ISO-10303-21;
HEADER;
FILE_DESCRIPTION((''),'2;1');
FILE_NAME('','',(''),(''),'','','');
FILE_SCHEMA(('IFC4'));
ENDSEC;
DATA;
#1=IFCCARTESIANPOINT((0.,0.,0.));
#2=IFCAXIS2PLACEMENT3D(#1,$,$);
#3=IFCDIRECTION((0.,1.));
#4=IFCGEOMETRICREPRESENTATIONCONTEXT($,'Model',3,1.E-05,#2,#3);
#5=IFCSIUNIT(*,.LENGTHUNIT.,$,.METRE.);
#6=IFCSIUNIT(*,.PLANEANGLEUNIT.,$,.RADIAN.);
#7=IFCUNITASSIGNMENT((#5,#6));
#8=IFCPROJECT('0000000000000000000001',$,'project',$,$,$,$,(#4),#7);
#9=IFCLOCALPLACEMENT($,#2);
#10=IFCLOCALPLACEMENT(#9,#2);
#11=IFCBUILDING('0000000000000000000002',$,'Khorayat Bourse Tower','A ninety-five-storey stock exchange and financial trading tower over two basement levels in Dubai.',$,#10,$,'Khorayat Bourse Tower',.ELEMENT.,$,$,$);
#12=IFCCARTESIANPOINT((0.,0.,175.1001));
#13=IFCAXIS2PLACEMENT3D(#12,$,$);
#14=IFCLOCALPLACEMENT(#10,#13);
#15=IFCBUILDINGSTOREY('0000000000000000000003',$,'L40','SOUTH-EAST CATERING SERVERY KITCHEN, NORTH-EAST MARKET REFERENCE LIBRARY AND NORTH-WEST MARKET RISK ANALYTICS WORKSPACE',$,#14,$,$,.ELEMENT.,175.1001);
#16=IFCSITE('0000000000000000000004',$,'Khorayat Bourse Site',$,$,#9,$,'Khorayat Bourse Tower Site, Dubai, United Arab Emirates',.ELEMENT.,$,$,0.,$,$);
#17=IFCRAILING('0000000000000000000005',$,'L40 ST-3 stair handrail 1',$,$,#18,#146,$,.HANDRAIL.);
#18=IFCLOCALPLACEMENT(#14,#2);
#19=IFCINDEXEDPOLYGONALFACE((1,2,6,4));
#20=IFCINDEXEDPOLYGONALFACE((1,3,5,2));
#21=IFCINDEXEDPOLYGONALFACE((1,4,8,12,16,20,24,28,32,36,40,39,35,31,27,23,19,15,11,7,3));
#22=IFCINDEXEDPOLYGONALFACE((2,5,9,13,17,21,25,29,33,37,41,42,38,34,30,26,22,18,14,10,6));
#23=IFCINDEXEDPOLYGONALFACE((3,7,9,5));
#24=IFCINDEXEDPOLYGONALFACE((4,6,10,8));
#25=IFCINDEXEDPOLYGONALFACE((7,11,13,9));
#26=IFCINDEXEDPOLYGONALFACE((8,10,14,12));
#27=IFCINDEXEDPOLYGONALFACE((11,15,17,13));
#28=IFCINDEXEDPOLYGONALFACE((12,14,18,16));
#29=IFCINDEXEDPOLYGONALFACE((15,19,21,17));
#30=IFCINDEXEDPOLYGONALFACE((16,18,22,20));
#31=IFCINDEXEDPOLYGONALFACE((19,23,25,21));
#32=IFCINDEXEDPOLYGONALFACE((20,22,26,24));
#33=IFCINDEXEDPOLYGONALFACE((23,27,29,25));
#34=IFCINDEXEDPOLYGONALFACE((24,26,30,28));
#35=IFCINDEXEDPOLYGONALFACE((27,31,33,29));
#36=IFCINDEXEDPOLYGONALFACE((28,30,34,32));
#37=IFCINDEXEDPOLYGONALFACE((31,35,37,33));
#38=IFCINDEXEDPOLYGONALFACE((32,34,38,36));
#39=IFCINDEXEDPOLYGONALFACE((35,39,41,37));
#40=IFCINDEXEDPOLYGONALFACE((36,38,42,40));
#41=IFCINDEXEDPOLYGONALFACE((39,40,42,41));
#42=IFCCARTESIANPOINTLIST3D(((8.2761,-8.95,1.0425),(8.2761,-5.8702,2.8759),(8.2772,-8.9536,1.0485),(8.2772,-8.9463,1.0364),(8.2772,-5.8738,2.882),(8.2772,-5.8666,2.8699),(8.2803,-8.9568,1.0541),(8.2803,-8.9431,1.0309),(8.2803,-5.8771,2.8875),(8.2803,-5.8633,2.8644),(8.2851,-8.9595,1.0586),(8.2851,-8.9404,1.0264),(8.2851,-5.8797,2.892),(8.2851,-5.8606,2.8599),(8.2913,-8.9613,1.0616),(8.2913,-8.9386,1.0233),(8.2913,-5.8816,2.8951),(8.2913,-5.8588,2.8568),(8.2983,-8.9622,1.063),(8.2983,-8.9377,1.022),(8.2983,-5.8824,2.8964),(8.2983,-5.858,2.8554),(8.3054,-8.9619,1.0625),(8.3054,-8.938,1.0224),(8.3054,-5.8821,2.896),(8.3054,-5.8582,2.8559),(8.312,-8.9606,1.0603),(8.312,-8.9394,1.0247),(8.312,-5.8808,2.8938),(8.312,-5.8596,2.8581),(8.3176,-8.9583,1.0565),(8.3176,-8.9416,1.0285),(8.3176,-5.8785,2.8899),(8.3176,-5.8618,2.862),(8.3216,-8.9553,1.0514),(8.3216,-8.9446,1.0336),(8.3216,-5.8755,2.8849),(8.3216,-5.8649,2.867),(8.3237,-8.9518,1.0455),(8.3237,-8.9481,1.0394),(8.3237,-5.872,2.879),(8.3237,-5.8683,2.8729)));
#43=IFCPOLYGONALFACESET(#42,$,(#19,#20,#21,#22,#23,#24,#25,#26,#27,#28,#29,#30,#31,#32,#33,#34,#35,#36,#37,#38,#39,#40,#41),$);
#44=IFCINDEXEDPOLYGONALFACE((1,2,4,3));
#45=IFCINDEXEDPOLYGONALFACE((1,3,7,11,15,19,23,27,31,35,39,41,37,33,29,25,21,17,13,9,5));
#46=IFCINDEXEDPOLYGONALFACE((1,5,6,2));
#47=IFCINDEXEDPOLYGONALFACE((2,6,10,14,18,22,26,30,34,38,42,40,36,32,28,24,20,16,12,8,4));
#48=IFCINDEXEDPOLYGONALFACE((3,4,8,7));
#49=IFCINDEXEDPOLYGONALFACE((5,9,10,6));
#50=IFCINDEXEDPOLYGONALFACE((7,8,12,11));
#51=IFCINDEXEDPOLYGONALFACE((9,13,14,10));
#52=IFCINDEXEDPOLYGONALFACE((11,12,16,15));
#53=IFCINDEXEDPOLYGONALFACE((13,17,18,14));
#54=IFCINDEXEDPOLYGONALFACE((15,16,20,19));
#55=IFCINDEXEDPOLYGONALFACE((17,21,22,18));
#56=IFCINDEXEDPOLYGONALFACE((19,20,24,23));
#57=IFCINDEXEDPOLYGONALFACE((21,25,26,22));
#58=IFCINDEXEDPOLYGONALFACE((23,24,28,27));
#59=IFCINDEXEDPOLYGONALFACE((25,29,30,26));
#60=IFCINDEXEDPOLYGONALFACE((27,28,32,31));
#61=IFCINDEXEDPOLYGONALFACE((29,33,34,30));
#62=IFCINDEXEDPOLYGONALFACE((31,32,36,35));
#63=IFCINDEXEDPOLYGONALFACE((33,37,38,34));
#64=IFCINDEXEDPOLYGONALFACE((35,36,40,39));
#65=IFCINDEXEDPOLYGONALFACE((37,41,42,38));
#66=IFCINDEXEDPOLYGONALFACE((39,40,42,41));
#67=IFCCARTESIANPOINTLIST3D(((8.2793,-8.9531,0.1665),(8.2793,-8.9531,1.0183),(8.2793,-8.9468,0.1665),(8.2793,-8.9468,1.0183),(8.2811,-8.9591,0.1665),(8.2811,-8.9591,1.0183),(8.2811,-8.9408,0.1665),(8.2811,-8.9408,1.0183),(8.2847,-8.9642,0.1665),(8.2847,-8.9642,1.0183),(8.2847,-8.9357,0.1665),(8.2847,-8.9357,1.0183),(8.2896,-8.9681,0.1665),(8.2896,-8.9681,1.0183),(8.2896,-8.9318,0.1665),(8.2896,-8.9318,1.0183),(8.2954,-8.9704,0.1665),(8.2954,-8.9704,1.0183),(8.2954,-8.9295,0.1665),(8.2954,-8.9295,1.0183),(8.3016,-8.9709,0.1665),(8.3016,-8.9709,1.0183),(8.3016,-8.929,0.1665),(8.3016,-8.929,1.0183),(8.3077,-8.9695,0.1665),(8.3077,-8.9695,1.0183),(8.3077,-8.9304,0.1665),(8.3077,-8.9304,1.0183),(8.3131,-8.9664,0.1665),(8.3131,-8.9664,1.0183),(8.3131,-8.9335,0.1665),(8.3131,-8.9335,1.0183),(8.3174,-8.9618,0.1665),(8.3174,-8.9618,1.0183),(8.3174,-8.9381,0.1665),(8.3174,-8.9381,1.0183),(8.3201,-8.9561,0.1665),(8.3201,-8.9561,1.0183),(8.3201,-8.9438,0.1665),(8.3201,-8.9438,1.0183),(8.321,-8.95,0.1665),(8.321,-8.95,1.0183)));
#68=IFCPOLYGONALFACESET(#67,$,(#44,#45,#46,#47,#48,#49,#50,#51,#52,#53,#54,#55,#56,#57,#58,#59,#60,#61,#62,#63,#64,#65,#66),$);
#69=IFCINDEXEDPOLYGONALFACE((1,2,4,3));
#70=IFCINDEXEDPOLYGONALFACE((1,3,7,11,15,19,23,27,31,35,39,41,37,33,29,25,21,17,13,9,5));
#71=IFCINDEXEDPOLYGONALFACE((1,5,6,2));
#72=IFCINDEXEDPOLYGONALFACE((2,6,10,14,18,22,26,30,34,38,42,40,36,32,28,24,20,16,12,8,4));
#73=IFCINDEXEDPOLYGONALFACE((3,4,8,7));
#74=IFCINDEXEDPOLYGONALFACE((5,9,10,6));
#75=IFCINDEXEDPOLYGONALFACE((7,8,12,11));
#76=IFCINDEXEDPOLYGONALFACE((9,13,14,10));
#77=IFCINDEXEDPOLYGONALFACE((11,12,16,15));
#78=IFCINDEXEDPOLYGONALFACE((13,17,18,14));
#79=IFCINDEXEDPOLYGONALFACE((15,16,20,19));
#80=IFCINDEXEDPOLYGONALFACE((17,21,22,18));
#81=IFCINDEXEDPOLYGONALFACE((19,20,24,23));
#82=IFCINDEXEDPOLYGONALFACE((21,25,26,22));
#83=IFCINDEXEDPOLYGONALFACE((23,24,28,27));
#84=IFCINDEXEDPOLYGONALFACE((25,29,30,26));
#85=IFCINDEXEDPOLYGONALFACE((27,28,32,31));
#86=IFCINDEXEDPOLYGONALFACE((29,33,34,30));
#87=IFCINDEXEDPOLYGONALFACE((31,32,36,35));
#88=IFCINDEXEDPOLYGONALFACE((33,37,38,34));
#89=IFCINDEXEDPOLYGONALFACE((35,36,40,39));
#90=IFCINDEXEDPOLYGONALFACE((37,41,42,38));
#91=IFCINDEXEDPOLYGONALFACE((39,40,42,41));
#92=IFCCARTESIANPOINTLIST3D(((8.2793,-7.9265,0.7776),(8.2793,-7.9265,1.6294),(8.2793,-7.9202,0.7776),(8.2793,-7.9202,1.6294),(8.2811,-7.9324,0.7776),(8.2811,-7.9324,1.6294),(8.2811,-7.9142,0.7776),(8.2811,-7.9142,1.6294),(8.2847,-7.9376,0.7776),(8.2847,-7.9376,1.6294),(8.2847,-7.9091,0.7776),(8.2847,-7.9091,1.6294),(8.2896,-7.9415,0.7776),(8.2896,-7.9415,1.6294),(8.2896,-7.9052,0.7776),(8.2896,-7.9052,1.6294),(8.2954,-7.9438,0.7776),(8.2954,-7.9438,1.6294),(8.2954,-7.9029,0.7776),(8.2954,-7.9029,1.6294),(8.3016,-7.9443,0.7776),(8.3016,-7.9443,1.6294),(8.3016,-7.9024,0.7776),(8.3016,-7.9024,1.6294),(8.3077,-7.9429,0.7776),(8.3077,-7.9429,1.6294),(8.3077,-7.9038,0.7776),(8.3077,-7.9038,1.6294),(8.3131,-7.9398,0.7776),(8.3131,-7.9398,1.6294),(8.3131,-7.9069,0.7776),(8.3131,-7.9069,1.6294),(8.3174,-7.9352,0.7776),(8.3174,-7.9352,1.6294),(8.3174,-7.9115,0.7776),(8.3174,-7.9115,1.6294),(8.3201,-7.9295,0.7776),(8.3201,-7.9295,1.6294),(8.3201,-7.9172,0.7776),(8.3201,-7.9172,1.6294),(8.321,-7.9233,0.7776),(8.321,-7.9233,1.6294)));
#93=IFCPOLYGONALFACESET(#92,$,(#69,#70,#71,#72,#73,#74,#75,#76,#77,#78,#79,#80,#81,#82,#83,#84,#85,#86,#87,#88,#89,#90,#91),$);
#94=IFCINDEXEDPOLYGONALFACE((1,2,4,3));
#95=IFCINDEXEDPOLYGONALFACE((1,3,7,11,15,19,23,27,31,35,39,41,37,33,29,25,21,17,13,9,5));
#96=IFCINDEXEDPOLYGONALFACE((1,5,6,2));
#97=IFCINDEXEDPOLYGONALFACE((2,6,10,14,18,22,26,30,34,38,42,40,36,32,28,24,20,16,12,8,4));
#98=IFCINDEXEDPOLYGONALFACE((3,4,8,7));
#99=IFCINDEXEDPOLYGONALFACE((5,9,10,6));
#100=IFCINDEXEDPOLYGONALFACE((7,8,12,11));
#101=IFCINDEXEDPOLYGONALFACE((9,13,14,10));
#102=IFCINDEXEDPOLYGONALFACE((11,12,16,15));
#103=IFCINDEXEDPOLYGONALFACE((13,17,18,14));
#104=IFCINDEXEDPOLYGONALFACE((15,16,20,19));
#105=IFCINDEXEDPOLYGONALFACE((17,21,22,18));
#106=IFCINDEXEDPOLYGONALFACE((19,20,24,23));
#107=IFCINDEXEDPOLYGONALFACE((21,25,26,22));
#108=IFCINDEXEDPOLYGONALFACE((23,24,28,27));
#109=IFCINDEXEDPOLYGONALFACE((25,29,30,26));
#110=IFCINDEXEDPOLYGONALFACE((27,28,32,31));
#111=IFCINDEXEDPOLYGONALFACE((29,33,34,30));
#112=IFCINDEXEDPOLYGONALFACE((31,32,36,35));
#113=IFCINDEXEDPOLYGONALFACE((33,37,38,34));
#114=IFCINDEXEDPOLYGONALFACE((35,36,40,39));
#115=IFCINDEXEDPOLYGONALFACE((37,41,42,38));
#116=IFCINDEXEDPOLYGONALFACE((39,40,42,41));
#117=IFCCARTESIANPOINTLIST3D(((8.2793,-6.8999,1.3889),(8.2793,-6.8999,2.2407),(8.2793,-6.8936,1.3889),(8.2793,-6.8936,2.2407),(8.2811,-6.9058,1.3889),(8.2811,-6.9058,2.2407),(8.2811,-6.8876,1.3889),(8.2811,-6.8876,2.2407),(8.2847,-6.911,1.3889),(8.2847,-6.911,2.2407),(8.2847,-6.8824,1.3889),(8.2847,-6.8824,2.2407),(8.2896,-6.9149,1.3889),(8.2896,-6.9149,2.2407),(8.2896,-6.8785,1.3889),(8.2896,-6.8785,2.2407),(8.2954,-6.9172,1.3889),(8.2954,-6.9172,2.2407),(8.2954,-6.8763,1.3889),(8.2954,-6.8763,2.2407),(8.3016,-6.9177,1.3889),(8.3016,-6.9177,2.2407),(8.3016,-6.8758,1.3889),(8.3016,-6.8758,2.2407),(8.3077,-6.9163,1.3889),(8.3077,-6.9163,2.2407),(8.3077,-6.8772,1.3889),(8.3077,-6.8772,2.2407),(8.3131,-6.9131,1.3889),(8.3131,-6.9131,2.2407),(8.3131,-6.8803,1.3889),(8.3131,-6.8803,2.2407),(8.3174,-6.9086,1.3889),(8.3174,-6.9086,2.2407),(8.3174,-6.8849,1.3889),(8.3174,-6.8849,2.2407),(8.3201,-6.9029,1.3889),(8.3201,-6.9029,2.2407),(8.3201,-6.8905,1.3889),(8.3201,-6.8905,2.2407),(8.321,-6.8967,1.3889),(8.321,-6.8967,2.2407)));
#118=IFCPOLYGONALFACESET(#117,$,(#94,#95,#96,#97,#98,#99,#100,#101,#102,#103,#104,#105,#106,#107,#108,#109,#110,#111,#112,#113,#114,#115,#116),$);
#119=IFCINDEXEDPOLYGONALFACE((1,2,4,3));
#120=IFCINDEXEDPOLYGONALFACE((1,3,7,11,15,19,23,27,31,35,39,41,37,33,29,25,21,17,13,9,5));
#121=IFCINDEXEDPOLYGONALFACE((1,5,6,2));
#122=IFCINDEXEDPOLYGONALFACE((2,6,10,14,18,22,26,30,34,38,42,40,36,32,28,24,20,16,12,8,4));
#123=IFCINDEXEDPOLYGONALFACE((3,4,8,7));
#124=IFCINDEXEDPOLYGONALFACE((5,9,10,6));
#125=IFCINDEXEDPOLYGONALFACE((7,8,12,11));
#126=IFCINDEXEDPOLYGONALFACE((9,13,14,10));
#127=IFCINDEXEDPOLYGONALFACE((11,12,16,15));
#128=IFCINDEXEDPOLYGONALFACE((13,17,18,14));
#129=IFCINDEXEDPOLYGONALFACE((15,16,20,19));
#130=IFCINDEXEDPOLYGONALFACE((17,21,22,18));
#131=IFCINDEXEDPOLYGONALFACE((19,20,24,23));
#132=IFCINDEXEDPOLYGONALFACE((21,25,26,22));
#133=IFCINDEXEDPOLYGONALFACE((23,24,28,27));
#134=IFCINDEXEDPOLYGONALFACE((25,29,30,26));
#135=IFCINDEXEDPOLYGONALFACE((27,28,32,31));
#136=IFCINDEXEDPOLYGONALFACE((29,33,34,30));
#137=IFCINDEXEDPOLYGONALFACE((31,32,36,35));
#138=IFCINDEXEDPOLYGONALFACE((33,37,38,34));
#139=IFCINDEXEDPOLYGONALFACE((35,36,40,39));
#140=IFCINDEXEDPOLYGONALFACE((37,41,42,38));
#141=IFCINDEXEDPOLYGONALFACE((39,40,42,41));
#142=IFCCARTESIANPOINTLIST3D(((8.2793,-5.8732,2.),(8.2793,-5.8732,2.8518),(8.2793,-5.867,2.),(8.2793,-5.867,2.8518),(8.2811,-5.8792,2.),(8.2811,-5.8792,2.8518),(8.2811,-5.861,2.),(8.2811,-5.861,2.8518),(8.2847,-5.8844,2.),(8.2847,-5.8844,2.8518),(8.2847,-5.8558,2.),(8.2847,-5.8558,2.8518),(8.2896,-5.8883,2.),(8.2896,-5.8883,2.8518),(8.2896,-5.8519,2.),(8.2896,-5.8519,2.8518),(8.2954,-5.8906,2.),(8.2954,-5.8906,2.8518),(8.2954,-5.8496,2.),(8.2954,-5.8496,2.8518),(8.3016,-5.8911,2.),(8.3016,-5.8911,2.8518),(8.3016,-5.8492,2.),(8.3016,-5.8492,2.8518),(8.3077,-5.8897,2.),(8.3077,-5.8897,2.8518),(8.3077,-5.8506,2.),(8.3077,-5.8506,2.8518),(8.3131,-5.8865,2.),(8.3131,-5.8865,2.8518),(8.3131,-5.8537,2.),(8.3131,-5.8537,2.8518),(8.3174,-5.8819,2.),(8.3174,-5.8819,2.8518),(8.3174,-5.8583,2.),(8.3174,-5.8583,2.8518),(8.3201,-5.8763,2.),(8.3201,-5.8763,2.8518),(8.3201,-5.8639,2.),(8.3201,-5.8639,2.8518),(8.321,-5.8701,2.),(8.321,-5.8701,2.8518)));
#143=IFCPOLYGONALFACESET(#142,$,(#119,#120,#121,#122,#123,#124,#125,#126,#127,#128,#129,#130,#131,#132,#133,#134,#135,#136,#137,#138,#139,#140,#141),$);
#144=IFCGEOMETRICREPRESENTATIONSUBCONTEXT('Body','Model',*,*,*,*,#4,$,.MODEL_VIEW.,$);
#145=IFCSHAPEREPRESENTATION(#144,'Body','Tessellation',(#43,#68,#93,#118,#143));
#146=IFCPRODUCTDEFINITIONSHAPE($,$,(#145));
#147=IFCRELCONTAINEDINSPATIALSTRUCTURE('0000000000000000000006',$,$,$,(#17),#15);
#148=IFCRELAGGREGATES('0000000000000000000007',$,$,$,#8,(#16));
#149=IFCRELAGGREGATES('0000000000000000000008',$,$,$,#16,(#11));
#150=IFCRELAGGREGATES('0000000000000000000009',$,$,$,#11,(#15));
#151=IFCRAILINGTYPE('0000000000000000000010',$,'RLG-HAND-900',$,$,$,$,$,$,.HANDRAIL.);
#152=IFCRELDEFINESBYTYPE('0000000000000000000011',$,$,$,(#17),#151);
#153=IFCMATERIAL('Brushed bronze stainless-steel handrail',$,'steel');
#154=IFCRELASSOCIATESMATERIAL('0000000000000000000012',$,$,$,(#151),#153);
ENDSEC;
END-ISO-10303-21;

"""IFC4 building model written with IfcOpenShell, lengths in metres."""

from ifc_helpers import new_model, si_unit, direction, frame, origin, origin_2d, place, context, subcontext, project, spatial, circle, extrude, source, transform, mapped, material, type_object, element, save


model = new_model("IFC4")

# Units and contexts
model_context = context("Model", 3, precision=1e-05, world=origin(), true_north=direction((0.0, 1.0)))
body_context = subcontext(model_context, "Body", "Model", "MODEL_VIEW")
ifc_project = project(units=[si_unit("LENGTHUNIT", "METRE"), si_unit("PLANEANGLEUNIT", "RADIAN")], contexts=[model_context])

# Site, building, storey
site_placement = place(None, origin())
site = spatial("IfcSite", under=ifc_project, at=site_placement, Name="Khorayat Bourse Site", LongName="Khorayat Bourse Tower Site, Dubai, United Arab Emirates", CompositionType="ELEMENT", RefElevation=0.0)
building_placement = place(site_placement, origin())
building = spatial("IfcBuilding", under=site, at=building_placement, Name="Khorayat Bourse Tower", Description="A ninety-five-storey stock exchange and financial trading tower over two basement levels in Dubai.", LongName="Khorayat Bourse Tower", CompositionType="ELEMENT")
storey_placement = place(building_placement, frame((0.0, 0.0, 175.1001)))
storey = spatial("IfcBuildingStorey", under=building, at=storey_placement, Name="L40", Description="SOUTH-EAST CATERING SERVERY KITCHEN, NORTH-EAST MARKET REFERENCE LIBRARY AND NORTH-WEST MARKET RISK ANALYTICS WORKSPACE", CompositionType="ELEMENT", Elevation=175.1001)

# Railing
ifc_material_1 = material(Name="Brushed bronze stainless-steel handrail", Category="steel")
railing_type_1 = type_object("IfcRailingType", Name="RLG-HAND-900", PredefinedType="HANDRAIL", material=ifc_material_1)
shared_shape_1 = source(origin(), body_context, "Body", "SweptSolid", [
    extrude(circle(Radius=0.0239, at=origin_2d()), frame((0.0, 0.0, 0.876), z_axis=(0.0, 0.859261, 0.511538), x_axis=(-1.0, 0.0, 0.0)), (0.0, 0.0, 1.0), 3.5842),
    extrude(circle(Radius=0.021, at=origin_2d()), origin(), (0.0, 0.0, 1.0), 0.8518),
    extrude(circle(Radius=0.021, at=origin_2d()), frame((0.0, 1.0266, 0.6111)), (0.0, 0.0, 1.0), 0.8518),
    extrude(circle(Radius=0.021, at=origin_2d()), frame((0.0, 2.0532, 1.2224)), (0.0, 0.0, 1.0), 0.8518),
    extrude(circle(Radius=0.021, at=origin_2d()), frame((0.0, 3.0798, 1.8335)), (0.0, 0.0, 1.0), 0.8518),
])
railing_1_placement = place(storey_placement, frame((8.3, -8.95, 0.1665)))
element("IfcRailing", 1, at=railing_1_placement, inside=storey, type_object=railing_type_1, Name="L40 ST-3 stair handrail 1", PredefinedType="HANDRAIL", context=body_context, shape_type="MappedRepresentation", body=[
    mapped(shared_shape_1, transform((0.0, 0.0, 0.0), scale=1.0)),
])

save(model, "model.ifc")
